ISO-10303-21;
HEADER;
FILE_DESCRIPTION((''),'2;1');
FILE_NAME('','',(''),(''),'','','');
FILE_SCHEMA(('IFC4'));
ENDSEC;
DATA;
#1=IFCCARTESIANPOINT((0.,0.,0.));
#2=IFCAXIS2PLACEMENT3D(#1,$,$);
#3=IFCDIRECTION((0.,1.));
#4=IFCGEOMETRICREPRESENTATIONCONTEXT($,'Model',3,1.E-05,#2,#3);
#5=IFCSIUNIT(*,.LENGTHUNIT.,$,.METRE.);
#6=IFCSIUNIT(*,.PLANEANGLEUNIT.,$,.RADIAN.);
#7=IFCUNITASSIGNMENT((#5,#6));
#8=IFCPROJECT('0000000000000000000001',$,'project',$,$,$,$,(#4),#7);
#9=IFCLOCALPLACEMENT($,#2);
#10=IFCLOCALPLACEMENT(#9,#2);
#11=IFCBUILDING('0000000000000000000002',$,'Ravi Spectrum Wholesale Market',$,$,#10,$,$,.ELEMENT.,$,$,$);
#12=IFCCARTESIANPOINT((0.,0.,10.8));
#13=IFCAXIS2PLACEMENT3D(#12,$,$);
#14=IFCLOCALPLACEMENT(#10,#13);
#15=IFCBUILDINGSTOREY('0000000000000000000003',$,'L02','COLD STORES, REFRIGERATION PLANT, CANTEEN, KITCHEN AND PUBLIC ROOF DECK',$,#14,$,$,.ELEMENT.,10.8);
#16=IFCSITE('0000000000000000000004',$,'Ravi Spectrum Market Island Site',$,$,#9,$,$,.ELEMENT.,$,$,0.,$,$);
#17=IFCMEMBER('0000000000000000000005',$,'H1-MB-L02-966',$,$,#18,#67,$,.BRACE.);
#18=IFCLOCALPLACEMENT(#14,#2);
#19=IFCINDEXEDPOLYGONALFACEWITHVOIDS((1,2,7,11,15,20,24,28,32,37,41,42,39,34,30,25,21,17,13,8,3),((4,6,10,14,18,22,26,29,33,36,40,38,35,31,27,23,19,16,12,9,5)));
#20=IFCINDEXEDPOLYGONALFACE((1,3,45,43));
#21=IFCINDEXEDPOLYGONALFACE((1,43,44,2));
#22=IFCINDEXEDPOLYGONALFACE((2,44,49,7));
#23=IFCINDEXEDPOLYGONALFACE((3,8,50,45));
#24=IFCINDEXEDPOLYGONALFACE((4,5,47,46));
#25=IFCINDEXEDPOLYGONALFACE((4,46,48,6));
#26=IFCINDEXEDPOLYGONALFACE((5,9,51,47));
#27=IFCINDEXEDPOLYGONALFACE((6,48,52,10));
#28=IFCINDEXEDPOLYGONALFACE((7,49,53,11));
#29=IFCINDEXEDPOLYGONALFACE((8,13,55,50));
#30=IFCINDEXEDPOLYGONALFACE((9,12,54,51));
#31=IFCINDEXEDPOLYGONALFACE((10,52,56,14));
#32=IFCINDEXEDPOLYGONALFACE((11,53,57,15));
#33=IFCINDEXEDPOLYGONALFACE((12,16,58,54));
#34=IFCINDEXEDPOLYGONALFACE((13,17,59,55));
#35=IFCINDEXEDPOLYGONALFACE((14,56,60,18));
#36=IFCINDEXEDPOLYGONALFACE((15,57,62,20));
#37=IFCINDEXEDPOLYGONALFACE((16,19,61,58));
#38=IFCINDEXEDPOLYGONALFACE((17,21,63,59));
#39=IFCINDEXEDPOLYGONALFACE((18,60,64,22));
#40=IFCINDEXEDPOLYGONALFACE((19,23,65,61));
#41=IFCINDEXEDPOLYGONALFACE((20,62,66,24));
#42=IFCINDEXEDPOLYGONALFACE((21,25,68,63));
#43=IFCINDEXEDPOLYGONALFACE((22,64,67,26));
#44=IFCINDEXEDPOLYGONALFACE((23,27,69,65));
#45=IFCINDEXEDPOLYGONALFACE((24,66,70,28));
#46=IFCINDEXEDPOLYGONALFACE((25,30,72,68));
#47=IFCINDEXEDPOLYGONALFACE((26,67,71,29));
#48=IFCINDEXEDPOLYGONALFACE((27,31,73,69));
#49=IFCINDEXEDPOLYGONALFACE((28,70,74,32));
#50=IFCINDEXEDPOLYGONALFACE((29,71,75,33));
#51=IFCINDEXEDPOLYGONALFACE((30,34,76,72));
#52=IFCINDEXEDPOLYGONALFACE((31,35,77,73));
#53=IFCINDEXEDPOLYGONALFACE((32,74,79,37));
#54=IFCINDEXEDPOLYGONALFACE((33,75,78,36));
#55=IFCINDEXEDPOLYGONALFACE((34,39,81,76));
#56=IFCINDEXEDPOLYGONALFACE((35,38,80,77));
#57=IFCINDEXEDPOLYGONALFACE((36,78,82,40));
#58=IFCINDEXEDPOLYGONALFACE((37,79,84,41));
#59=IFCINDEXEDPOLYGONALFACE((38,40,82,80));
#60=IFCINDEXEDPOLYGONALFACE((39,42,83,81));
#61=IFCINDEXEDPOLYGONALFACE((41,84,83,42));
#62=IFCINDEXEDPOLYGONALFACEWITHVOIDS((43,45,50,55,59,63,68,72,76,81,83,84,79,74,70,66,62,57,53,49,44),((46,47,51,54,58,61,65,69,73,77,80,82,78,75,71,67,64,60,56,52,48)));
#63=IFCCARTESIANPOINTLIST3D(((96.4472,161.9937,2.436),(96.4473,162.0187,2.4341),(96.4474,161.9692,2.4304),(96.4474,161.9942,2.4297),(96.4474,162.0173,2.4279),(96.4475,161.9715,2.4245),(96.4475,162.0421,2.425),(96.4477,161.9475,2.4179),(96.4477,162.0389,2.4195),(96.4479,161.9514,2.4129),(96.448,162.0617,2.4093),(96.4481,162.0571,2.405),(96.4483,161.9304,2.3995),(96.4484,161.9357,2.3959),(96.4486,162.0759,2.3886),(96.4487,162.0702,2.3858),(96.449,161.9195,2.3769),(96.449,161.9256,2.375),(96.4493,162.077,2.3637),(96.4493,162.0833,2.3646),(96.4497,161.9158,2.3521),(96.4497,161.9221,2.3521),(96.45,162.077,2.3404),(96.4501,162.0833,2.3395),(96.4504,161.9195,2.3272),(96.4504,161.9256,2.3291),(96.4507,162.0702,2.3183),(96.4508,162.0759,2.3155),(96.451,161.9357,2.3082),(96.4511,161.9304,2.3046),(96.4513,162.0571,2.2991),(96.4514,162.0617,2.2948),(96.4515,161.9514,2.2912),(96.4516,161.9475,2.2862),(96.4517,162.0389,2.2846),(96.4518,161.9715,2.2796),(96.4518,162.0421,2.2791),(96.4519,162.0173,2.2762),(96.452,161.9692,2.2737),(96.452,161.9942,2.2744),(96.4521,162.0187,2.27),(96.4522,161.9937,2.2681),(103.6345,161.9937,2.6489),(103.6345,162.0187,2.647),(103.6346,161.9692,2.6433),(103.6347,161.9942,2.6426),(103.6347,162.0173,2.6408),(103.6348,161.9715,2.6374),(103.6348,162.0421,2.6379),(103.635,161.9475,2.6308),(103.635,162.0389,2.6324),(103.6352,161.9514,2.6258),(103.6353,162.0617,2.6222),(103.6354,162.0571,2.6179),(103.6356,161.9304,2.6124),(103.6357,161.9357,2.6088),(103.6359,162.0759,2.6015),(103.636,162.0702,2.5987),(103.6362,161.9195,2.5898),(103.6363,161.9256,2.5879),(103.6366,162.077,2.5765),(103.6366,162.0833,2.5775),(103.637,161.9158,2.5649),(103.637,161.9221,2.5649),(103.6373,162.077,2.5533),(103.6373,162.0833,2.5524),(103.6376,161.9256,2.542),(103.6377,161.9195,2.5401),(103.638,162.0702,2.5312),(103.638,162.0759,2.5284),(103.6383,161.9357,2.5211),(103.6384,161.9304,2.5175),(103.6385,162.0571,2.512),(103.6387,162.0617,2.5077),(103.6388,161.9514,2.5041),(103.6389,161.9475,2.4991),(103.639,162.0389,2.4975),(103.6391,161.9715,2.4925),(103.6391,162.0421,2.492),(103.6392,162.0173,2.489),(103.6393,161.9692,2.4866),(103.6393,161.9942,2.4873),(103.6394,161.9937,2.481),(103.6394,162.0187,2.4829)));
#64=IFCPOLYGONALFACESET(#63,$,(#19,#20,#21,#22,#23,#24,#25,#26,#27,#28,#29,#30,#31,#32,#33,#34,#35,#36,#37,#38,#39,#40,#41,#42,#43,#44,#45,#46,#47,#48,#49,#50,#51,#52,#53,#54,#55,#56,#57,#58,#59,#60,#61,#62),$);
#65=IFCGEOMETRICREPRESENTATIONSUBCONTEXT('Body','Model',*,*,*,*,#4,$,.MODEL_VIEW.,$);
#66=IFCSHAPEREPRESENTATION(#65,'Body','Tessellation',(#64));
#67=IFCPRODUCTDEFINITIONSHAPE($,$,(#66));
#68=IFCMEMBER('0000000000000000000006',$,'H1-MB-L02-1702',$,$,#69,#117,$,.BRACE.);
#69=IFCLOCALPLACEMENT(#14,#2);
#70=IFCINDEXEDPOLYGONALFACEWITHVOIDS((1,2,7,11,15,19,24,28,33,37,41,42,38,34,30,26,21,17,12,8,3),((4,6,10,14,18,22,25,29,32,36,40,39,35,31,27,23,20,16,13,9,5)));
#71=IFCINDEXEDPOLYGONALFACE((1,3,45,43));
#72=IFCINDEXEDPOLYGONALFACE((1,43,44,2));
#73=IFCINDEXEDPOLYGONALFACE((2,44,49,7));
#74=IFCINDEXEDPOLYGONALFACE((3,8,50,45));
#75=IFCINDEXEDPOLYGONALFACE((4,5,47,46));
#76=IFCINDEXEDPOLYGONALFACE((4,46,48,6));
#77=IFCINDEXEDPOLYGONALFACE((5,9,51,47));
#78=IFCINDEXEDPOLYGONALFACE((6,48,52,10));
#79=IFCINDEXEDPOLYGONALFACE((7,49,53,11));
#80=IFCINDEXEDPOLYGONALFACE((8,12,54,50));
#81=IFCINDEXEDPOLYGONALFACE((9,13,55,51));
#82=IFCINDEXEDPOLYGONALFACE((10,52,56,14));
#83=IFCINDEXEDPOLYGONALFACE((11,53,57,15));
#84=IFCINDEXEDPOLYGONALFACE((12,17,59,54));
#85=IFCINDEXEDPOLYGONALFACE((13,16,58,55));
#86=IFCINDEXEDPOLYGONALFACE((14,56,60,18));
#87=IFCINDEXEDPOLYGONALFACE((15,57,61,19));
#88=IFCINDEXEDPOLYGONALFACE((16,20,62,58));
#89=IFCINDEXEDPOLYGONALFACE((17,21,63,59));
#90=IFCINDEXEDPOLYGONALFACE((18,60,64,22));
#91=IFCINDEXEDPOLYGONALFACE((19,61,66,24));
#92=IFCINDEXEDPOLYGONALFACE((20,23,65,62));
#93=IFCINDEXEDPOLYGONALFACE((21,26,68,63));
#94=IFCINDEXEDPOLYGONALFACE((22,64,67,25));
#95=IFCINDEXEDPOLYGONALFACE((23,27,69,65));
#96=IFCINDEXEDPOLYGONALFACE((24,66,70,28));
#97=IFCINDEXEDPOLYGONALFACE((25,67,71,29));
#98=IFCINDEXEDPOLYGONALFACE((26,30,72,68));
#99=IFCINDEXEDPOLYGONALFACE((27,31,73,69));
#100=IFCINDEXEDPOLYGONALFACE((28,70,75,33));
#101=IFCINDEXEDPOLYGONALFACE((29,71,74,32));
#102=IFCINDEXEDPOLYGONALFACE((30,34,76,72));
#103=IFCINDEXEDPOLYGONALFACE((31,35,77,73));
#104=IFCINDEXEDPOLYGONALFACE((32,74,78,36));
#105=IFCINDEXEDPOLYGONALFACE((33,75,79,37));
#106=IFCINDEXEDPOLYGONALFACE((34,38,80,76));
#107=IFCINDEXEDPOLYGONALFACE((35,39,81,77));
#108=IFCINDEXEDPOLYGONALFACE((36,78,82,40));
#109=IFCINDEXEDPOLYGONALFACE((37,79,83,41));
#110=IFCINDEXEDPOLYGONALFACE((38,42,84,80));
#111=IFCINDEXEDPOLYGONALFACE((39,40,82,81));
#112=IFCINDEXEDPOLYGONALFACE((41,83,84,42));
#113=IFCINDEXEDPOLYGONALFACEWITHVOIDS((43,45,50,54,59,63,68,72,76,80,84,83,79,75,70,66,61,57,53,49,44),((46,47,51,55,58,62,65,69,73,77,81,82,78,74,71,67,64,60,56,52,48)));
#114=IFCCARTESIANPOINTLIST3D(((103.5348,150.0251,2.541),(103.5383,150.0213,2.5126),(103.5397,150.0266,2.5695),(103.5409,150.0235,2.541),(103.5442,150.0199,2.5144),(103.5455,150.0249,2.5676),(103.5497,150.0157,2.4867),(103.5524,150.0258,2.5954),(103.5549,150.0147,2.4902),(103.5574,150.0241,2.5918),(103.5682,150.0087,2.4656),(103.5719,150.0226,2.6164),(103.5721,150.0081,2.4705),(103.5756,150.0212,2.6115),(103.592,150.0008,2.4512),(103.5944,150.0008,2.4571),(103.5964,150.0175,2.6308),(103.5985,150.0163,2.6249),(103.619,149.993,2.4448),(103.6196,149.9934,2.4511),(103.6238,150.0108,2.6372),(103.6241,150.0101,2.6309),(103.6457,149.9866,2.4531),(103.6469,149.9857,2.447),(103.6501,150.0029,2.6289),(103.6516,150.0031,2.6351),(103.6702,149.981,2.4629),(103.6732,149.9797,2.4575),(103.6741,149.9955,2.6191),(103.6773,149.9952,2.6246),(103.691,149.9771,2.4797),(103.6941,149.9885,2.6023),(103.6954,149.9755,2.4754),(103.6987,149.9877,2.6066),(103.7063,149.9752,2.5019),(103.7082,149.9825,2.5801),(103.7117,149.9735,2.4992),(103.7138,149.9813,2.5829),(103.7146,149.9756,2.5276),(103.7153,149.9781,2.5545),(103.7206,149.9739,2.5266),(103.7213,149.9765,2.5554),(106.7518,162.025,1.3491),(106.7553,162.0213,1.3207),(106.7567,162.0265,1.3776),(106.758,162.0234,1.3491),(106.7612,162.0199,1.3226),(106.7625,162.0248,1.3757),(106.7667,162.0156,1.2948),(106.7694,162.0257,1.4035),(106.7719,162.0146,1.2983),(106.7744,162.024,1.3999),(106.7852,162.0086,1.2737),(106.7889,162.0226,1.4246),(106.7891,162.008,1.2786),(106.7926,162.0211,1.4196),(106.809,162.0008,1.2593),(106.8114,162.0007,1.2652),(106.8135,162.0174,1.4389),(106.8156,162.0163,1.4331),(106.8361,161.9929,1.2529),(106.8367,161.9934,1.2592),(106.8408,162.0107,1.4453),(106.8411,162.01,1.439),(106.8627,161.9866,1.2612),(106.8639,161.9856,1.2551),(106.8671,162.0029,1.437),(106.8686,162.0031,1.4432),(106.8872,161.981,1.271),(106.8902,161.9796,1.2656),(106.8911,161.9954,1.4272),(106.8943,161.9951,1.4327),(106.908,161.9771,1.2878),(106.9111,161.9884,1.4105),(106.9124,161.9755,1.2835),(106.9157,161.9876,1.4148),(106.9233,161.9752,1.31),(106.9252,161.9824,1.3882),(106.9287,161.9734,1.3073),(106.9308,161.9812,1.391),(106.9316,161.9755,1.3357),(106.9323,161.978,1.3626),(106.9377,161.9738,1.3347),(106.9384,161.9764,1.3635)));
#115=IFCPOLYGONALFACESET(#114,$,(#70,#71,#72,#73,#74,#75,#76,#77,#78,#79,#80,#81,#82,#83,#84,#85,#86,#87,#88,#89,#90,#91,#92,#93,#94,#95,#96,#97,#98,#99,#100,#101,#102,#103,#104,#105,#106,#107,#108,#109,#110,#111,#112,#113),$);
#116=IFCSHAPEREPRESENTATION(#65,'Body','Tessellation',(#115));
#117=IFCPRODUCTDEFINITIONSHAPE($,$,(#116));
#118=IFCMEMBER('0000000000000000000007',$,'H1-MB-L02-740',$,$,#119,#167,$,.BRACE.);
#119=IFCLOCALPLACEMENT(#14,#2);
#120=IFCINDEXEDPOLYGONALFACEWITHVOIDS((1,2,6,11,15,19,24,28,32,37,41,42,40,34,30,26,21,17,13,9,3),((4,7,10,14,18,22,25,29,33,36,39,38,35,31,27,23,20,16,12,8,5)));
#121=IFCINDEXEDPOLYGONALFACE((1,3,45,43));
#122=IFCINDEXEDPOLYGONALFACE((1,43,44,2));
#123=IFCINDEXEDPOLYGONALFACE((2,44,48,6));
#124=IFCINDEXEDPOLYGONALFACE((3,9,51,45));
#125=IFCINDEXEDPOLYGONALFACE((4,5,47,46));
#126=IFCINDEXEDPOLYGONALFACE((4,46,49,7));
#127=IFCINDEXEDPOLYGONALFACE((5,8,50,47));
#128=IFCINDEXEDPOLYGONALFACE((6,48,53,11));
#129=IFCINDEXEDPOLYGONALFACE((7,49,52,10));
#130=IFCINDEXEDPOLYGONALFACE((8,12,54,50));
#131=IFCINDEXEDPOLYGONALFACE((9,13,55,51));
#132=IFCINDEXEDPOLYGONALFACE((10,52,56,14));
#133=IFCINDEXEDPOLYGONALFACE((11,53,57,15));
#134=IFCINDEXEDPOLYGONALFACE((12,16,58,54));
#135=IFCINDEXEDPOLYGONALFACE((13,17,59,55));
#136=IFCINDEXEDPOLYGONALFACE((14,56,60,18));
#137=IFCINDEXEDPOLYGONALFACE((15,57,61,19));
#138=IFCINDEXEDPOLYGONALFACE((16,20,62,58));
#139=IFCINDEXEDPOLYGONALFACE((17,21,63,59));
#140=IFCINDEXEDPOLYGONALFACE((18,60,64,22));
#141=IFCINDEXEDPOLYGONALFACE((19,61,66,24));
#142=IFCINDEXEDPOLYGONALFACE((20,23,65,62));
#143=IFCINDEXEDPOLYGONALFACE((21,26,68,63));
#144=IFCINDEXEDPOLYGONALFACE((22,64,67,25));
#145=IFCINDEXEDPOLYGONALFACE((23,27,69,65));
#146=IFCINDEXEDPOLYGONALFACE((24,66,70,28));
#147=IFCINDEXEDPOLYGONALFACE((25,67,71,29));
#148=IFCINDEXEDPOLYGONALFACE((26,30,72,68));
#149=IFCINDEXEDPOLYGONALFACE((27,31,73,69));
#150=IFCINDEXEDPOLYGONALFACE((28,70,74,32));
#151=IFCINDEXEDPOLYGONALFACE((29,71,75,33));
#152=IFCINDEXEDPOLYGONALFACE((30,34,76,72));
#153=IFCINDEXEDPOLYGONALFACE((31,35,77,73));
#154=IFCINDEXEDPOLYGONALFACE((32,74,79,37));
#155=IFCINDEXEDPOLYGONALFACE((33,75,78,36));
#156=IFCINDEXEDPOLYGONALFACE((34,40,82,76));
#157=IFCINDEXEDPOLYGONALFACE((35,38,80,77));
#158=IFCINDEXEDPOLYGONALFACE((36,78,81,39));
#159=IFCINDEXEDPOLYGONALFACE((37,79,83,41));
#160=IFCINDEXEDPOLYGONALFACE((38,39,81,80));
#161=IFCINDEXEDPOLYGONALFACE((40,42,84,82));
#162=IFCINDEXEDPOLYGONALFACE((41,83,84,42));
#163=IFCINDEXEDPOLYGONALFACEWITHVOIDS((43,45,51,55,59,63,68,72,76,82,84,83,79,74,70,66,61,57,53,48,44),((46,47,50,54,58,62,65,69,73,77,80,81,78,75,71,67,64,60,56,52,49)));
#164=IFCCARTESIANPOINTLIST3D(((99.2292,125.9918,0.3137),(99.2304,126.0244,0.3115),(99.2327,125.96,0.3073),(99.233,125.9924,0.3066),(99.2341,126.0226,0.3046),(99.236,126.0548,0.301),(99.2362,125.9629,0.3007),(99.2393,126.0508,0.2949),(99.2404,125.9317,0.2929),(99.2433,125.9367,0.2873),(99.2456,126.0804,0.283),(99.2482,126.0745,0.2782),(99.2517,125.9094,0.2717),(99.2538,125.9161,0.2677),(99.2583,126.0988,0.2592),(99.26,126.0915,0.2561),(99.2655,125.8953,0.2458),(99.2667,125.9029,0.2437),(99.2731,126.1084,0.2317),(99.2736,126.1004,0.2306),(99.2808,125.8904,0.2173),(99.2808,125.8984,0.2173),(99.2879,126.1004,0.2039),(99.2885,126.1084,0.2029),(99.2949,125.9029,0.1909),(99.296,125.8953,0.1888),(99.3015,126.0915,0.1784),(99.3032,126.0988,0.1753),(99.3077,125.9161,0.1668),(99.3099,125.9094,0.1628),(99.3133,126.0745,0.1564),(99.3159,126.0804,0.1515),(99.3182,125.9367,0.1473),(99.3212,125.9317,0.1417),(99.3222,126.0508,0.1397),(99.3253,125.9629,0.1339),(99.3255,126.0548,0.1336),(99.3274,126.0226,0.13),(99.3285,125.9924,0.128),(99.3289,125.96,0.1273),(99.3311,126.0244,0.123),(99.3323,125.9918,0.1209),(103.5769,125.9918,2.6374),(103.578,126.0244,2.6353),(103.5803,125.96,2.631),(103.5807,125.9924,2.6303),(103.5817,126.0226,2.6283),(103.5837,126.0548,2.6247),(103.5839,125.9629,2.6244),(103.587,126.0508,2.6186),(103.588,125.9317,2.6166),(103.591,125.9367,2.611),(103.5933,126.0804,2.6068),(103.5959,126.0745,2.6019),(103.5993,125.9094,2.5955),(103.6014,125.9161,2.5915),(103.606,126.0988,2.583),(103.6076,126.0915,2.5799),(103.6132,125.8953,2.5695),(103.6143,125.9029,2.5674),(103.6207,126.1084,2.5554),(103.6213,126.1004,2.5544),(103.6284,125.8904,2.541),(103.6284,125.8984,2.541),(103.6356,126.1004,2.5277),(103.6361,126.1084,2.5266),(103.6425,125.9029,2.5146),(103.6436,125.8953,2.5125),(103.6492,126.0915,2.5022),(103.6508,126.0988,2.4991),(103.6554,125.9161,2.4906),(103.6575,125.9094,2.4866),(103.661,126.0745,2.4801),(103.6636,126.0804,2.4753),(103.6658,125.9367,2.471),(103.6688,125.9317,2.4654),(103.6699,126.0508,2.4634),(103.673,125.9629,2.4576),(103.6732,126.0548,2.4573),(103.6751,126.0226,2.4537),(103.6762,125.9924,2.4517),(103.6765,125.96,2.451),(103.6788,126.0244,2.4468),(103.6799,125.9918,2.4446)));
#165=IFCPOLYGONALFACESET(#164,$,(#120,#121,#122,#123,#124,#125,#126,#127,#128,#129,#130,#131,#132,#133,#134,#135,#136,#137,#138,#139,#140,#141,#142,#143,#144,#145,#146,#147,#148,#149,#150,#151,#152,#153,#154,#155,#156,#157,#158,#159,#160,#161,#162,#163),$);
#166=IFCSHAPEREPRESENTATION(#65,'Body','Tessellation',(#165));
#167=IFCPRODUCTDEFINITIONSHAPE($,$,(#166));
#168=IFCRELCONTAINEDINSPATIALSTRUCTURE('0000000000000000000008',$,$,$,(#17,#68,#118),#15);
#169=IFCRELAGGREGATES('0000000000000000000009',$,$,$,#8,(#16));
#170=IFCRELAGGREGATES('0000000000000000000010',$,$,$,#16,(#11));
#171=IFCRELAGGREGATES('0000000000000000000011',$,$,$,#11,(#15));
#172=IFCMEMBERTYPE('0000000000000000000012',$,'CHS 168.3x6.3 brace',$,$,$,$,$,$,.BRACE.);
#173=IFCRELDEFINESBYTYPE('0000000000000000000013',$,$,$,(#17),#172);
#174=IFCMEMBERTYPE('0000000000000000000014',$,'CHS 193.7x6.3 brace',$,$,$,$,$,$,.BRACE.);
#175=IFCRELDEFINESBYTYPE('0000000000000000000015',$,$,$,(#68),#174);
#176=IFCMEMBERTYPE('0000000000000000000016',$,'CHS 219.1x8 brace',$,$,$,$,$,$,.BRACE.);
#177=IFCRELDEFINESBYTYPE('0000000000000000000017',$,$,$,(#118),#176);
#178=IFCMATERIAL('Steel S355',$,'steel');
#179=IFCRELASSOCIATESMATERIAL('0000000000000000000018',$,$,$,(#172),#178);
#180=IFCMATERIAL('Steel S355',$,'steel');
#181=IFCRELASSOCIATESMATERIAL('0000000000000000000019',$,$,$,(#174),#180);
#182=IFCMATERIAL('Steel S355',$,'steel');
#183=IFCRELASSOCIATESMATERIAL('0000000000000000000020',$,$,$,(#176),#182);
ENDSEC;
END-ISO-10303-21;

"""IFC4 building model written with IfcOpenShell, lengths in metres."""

from ifc_helpers import new_model, si_unit, direction, frame, origin, origin_2d, place, context, subcontext, project, spatial, hollow_circle, extrude, material, material_profile, profile_set, type_object, element, save


model = new_model("IFC4")

# Units and contexts
model_context = context("Model", 3, precision=1e-05, world=origin(), true_north=direction((0.0, 1.0)))
body_context = subcontext(model_context, "Body", "Model", "MODEL_VIEW")
ifc_project = project(units=[si_unit("LENGTHUNIT", "METRE"), si_unit("PLANEANGLEUNIT", "RADIAN")], contexts=[model_context])

# Site, building, storey
site_placement = place(None, origin())
site = spatial("IfcSite", under=ifc_project, at=site_placement, Name="Ravi Spectrum Market Island Site", CompositionType="ELEMENT", RefElevation=0.0)
building_placement = place(site_placement, origin())
building = spatial("IfcBuilding", under=site, at=building_placement, Name="Ravi Spectrum Wholesale Market", CompositionType="ELEMENT")
storey_placement = place(building_placement, frame((0.0, 0.0, 10.8)))
storey = spatial("IfcBuildingStorey", under=building, at=storey_placement, Name="L02", Description="COLD STORES, REFRIGERATION PLANT, CANTEEN, KITCHEN AND PUBLIC ROOF DECK", CompositionType="ELEMENT", Elevation=10.8)

# Members
ifc_material_1 = material(Name="Steel S355", Category="steel")
ifc_material_profile_1 = material_profile(ifc_material_1, hollow_circle(Radius=0.0842, WallThickness=0.0063, at=origin_2d()))
ifc_profile_set_1 = profile_set([ifc_material_profile_1], Name="Steel S355")
member_type_1 = type_object("IfcMemberType", Name="CHS 168.3x6.3 brace", PredefinedType="BRACE", material=ifc_profile_set_1)
for number, where, z_axis, x_axis, name in (
    (1, (103.637, 162.0, 2.5649), (-0.999562, 0.0, -0.029608), (0.0, -1.0, 0.0), "H1-MB-L02-966"),
):
    element("IfcMember", number, at=place(storey_placement, frame(where, z_axis=z_axis, x_axis=x_axis)), inside=storey, type_object=member_type_1, Name=name, PredefinedType="BRACE", context=body_context, shape_type="SweptSolid", body=[
        extrude(hollow_circle(Radius=0.0842, WallThickness=0.0063, at=origin_2d()), origin(), (0.0, 0.0, 1.0), 7.1904),
    ])
ifc_material_2 = material(Name="Steel S355", Category="steel")
ifc_material_profile_2 = material_profile(ifc_material_2, hollow_circle(Radius=0.0969, WallThickness=0.0063, at=origin_2d()))
ifc_profile_set_2 = profile_set([ifc_material_profile_2], Name="Steel S355")
member_type_2 = type_object("IfcMemberType", Name="CHS 193.7x6.3 brace", PredefinedType="BRACE", material=ifc_profile_set_2)
member_1_placement = place(storey_placement, frame((103.6284, 150.0, 2.541), z_axis=(0.25776, 0.961478, -0.095498), x_axis=(-0.965893, 0.258943, 0.0)))
element("IfcMember", 2, at=member_1_placement, inside=storey, type_object=member_type_2, Name="H1-MB-L02-1702", PredefinedType="BRACE", context=body_context, shape_type="SweptSolid", body=[
    extrude(hollow_circle(Radius=0.0969, WallThickness=0.0063, at=origin_2d()), origin(), (0.0, 0.0, 1.0), 12.4807),
])
ifc_material_3 = material(Name="Steel S355", Category="steel")
ifc_material_profile_3 = material_profile(ifc_material_3, hollow_circle(Radius=0.1096, WallThickness=0.0081, at=origin_2d()))
ifc_profile_set_3 = profile_set([ifc_material_profile_3], Name="Steel S355")
member_type_3 = type_object("IfcMemberType", Name="CHS 219.1x8 brace", PredefinedType="BRACE", material=ifc_profile_set_3)
for number, where, z_axis, x_axis, name in (
    (3, (103.6284, 126.0, 2.541), (-0.881933, 0.0, -0.471375), (0.0, -1.0, 0.0), "H1-MB-L02-740"),
):
    element("IfcMember", number, at=place(storey_placement, frame(where, z_axis=z_axis, x_axis=x_axis)), inside=storey, type_object=member_type_3, Name=name, PredefinedType="BRACE", context=body_context, shape_type="SweptSolid", body=[
        extrude(hollow_circle(Radius=0.1096, WallThickness=0.0081, at=origin_2d()), origin(), (0.0, 0.0, 1.0), 4.9297),
    ])

save(model, "model.ifc")
